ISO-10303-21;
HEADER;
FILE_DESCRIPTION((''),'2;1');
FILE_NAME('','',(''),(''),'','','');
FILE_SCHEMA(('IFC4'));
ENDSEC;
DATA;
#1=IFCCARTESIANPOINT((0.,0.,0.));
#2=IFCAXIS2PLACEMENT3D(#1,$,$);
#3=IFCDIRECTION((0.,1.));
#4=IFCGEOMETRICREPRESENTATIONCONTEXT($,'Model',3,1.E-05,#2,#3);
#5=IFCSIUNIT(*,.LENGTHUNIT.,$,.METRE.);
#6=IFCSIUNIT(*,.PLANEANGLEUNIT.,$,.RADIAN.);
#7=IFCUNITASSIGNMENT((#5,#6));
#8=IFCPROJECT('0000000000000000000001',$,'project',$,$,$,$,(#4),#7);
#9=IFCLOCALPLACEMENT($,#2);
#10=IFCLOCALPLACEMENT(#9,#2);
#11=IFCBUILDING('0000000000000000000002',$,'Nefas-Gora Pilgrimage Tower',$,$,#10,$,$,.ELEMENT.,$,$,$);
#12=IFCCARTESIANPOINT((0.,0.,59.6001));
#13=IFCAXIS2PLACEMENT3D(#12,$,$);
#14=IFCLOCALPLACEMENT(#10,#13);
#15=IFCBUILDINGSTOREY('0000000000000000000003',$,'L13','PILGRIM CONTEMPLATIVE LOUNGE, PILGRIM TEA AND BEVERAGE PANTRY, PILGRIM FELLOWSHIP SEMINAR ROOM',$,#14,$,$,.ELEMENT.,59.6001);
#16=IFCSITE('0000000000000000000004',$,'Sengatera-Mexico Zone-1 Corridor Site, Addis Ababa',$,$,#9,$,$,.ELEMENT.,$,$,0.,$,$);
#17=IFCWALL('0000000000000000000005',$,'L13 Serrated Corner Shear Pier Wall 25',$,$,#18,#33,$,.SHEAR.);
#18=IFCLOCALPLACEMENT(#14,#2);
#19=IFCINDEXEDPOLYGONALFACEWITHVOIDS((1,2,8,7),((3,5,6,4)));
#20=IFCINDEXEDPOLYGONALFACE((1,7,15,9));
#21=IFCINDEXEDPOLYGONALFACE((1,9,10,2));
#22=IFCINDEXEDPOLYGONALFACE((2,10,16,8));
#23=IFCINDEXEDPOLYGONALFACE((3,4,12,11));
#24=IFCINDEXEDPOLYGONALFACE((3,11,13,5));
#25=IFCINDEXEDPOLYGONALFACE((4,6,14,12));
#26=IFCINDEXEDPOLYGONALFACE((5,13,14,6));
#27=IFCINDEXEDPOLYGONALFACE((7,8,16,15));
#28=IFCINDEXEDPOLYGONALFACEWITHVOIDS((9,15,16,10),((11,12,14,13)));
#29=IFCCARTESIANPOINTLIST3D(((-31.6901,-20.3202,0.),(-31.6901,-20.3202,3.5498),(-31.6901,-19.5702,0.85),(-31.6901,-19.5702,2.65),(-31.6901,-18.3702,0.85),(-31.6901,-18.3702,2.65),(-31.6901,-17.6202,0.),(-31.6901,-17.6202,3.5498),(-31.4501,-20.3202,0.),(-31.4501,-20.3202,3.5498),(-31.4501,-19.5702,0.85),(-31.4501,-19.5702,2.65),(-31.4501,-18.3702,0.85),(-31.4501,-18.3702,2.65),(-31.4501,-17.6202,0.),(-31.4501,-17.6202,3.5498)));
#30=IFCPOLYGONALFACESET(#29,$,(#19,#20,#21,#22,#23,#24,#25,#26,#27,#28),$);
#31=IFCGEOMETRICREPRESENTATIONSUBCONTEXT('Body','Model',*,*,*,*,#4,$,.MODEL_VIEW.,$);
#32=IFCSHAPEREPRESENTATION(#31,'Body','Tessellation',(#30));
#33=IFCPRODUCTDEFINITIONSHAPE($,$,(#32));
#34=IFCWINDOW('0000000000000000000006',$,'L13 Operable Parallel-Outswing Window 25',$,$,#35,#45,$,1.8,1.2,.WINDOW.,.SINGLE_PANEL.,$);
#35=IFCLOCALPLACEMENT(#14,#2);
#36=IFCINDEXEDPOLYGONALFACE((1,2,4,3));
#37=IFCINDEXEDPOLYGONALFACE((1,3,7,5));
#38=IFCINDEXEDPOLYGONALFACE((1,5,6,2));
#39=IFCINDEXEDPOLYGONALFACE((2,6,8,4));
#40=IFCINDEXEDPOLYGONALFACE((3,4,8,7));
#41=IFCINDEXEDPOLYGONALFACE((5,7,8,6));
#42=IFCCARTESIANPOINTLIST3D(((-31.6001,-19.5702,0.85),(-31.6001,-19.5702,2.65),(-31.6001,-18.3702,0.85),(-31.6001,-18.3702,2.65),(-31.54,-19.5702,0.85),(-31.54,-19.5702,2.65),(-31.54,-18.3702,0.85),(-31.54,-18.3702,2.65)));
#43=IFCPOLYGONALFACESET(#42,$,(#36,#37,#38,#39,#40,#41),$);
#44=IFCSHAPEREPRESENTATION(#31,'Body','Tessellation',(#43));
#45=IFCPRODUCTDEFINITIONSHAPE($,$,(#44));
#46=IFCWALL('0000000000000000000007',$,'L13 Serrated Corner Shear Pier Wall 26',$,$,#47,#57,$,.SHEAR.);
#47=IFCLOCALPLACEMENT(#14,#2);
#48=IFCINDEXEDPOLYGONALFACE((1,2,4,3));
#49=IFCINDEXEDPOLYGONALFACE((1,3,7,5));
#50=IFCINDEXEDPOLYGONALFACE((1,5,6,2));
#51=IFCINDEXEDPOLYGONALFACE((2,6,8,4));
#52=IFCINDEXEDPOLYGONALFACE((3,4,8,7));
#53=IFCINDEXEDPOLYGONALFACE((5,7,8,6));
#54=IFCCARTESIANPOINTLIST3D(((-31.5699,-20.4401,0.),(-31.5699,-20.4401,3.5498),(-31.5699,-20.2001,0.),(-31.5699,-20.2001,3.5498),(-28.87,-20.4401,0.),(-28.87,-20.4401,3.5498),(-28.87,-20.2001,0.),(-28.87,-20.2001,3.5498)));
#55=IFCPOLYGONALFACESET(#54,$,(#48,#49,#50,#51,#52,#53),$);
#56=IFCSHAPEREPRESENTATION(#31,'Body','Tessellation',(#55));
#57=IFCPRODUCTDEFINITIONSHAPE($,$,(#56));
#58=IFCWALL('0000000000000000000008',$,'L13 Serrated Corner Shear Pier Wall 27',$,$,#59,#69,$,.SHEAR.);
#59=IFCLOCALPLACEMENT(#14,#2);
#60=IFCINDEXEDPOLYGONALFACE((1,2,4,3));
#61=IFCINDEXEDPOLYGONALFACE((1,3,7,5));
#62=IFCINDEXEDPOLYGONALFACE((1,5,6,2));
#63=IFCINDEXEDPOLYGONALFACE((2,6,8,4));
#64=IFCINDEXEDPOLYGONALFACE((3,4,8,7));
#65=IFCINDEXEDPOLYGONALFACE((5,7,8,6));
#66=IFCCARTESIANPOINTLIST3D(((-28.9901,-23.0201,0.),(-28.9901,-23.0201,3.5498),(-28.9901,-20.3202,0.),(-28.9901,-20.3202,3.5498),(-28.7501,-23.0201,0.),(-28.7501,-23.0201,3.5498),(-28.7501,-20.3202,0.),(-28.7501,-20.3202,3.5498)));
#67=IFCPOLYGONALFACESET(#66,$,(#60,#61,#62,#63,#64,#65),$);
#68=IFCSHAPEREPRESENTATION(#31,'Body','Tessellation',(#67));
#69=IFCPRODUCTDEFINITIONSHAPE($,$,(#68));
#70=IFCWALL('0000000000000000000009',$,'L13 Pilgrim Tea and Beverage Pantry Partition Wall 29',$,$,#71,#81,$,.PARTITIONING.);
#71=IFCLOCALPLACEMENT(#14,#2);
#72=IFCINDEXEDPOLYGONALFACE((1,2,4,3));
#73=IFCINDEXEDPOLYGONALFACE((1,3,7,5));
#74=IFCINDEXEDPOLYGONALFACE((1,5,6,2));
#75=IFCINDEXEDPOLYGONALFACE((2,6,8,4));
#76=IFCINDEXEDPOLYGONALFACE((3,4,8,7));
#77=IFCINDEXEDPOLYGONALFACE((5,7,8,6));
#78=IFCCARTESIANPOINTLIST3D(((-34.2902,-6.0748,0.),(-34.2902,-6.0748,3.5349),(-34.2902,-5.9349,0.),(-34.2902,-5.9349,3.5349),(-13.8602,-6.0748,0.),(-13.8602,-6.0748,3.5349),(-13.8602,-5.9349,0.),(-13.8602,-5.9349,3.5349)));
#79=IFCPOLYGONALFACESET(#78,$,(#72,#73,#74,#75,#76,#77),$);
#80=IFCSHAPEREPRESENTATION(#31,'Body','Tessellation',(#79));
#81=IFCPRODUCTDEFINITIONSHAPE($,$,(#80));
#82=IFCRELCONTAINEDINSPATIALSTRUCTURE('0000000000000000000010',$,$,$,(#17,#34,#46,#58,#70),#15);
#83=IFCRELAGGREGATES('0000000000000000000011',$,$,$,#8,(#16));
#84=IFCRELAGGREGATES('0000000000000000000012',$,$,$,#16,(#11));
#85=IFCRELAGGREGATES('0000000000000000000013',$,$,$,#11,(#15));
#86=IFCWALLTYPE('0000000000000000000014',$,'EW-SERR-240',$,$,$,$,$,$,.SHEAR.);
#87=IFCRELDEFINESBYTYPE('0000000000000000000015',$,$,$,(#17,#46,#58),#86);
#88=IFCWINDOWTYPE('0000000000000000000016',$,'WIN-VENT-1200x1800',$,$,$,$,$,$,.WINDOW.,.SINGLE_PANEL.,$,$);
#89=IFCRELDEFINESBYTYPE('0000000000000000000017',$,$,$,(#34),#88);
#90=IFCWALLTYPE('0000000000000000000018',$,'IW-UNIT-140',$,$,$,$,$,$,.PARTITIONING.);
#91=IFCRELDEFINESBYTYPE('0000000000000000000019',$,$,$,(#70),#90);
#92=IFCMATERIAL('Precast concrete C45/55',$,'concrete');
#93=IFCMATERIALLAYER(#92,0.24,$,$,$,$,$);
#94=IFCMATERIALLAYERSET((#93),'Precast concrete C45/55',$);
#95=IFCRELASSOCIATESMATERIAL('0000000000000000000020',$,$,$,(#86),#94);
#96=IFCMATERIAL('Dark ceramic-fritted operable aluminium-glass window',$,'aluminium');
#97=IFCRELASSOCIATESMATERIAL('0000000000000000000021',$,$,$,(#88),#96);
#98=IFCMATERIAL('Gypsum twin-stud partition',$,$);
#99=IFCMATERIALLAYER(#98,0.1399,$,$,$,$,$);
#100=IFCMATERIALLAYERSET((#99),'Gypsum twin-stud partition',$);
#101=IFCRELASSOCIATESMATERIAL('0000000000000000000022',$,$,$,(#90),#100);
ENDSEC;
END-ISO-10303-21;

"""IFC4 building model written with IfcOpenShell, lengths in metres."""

from ifc_helpers import new_model, si_unit, direction, frame, frame_2d, origin, place, context, subcontext, project, spatial, rectangle, extrude, source, transform, mapped, material, layer, layer_set, type_object, element, fill, save


model = new_model("IFC4")

# Units and contexts
model_context = context("Model", 3, precision=1e-05, world=origin(), true_north=direction((0.0, 1.0)))
body_context = subcontext(model_context, "Body", "Model", "MODEL_VIEW")
ifc_project = project(units=[si_unit("LENGTHUNIT", "METRE"), si_unit("PLANEANGLEUNIT", "RADIAN")], contexts=[model_context])

# Site, building, storey
site_placement = place(None, origin())
site = spatial("IfcSite", under=ifc_project, at=site_placement, Name="Sengatera-Mexico Zone-1 Corridor Site, Addis Ababa", CompositionType="ELEMENT", RefElevation=0.0)
building_placement = place(site_placement, origin())
building = spatial("IfcBuilding", under=site, at=building_placement, Name="Nefas-Gora Pilgrimage Tower", CompositionType="ELEMENT")
storey_placement = place(building_placement, frame((0.0, 0.0, 59.6001)))
storey = spatial("IfcBuildingStorey", under=building, at=storey_placement, Name="L13", Description="PILGRIM CONTEMPLATIVE LOUNGE, PILGRIM TEA AND BEVERAGE PANTRY, PILGRIM FELLOWSHIP SEMINAR ROOM", CompositionType="ELEMENT", Elevation=59.6001)

# Shared definitions
ifc_material_1 = material(Name="Precast concrete C45/55", Category="concrete")
ifc_layer_1 = layer(ifc_material_1, 0.24)
ifc_layer_set_1 = layer_set([ifc_layer_1], Name="Precast concrete C45/55")
wall_type_1 = type_object("IfcWallType", Name="EW-SERR-240", PredefinedType="SHEAR", material=ifc_layer_set_1)
shared_shape_1 = source(origin(), body_context, "Body", "SweptSolid", [
    extrude(rectangle(XDim=2.7, YDim=0.24, at=frame_2d((1.3501, 0.0))), origin(), (0.0, 0.0, 1.0), 3.5498),
])

# Wall, opening, window
wall_1_placement = place(storey_placement, frame((-31.5701, -17.6201, 0.0), z_axis=(0.0, 0.0, 1.0), x_axis=(0.0, -1.0, 0.0)))
wall_1 = element("IfcWall", 1, at=wall_1_placement, inside=storey, type_object=wall_type_1, Name="L13 Serrated Corner Shear Pier Wall 25", PredefinedType="SHEAR", context=body_context, shape_type="MappedRepresentation", body=[
    mapped(shared_shape_1, transform((0.0, 0.0, 0.0), x_axis=(1.0, 0.0, 0.0), y_axis=(0.0, 1.0, 0.0), z_axis=(0.0, 0.0, 1.0), scale=1.0)),
])
opening_placement = place(wall_1_placement, frame((0.75, 0.0, 0.8501)))
opening = element("IfcOpeningElement", 2, at=opening_placement, cuts=wall_1, PredefinedType="OPENING", context=body_context, shape_type="SweptSolid", body=[
    extrude(rectangle(XDim=1.2, YDim=1.8, at=frame_2d((0.6001, 0.8999))), frame((0.0, 0.1299, 0.0), z_axis=(0.0, -1.0, 0.0), x_axis=(1.0, 0.0, 0.0)), (0.0, 0.0, 1.0), 0.26),
])
ifc_material_2 = material(Name="Dark ceramic-fritted operable aluminium-glass window", Category="aluminium")
window_type = type_object("IfcWindowType", Name="WIN-VENT-1200x1800", PartitioningType="SINGLE_PANEL", PredefinedType="WINDOW", material=ifc_material_2)
shared_shape_2 = source(origin(), body_context, "Body", "SweptSolid", [
    extrude(rectangle(XDim=1.2, YDim=1.8, at=frame_2d((0.6001, 0.8999))), frame((0.0, 0.03, 0.0), z_axis=(0.0, -1.0, 0.0), x_axis=(1.0, 0.0, 0.0)), (0.0, 0.0, 1.0), 0.0601),
])
window_placement = place(opening_placement, origin())
window = element("IfcWindow", 3, at=window_placement, inside=storey, type_object=window_type, Name="L13 Operable Parallel-Outswing Window 25", OverallHeight=1.8, OverallWidth=1.2, PartitioningType="SINGLE_PANEL", PredefinedType="WINDOW", context=body_context, shape_type="MappedRepresentation", body=[
    mapped(shared_shape_2, transform((0.0, 0.0, 0.0), x_axis=(1.0, 0.0, 0.0), y_axis=(0.0, 1.0, 0.0), z_axis=(0.0, 0.0, 1.0), scale=1.0)),
])
fill(opening, window)

# Walls
for number, where, z_axis, x_axis, name in (
    (4, (-31.5701, -20.3201, 0.0), (0.0, 0.0, 1.0), (1.0, 0.0, 0.0), "L13 Serrated Corner Shear Pier Wall 26"),
    (5, (-28.8701, -20.3201, 0.0), (0.0, 0.0, 1.0), (0.0, -1.0, 0.0), "L13 Serrated Corner Shear Pier Wall 27"),
):
    element("IfcWall", number, at=place(storey_placement, frame(where, z_axis=z_axis, x_axis=x_axis)), inside=storey, type_object=wall_type_1, Name=name, PredefinedType="SHEAR", context=body_context, shape_type="MappedRepresentation", body=[
        mapped(shared_shape_1, transform((0.0, 0.0, 0.0), x_axis=(1.0, 0.0, 0.0), y_axis=(0.0, 1.0, 0.0), z_axis=(0.0, 0.0, 1.0), scale=1.0)),
    ])
ifc_material_3 = material(Name="Gypsum twin-stud partition")
ifc_layer_2 = layer(ifc_material_3, 0.1399)
ifc_layer_set_2 = layer_set([ifc_layer_2], Name="Gypsum twin-stud partition")
wall_type_2 = type_object("IfcWallType", Name="IW-UNIT-140", PredefinedType="PARTITIONING", material=ifc_layer_set_2)
shared_shape_3 = source(origin(), body_context, "Body", "SweptSolid", [
    extrude(rectangle(XDim=20.4299, YDim=0.1399, at=frame_2d((10.2148, 0.0))), origin(), (0.0, 0.0, 1.0), 3.5349),
])
wall_2_placement = place(storey_placement, frame((-34.29, -6.0049, 0.0), z_axis=(0.0, 0.0, 1.0), x_axis=(1.0, 0.0, 0.0)))
element("IfcWall", 6, at=wall_2_placement, inside=storey, type_object=wall_type_2, Name="L13 Pilgrim Tea and Beverage Pantry Partition Wall 29", PredefinedType="PARTITIONING", context=body_context, shape_type="MappedRepresentation", body=[
    mapped(shared_shape_3, transform((0.0, 0.0, 0.0), x_axis=(1.0, 0.0, 0.0), y_axis=(0.0, 1.0, 0.0), z_axis=(0.0, 0.0, 1.0), scale=1.0)),
])

save(model, "model.ifc")
